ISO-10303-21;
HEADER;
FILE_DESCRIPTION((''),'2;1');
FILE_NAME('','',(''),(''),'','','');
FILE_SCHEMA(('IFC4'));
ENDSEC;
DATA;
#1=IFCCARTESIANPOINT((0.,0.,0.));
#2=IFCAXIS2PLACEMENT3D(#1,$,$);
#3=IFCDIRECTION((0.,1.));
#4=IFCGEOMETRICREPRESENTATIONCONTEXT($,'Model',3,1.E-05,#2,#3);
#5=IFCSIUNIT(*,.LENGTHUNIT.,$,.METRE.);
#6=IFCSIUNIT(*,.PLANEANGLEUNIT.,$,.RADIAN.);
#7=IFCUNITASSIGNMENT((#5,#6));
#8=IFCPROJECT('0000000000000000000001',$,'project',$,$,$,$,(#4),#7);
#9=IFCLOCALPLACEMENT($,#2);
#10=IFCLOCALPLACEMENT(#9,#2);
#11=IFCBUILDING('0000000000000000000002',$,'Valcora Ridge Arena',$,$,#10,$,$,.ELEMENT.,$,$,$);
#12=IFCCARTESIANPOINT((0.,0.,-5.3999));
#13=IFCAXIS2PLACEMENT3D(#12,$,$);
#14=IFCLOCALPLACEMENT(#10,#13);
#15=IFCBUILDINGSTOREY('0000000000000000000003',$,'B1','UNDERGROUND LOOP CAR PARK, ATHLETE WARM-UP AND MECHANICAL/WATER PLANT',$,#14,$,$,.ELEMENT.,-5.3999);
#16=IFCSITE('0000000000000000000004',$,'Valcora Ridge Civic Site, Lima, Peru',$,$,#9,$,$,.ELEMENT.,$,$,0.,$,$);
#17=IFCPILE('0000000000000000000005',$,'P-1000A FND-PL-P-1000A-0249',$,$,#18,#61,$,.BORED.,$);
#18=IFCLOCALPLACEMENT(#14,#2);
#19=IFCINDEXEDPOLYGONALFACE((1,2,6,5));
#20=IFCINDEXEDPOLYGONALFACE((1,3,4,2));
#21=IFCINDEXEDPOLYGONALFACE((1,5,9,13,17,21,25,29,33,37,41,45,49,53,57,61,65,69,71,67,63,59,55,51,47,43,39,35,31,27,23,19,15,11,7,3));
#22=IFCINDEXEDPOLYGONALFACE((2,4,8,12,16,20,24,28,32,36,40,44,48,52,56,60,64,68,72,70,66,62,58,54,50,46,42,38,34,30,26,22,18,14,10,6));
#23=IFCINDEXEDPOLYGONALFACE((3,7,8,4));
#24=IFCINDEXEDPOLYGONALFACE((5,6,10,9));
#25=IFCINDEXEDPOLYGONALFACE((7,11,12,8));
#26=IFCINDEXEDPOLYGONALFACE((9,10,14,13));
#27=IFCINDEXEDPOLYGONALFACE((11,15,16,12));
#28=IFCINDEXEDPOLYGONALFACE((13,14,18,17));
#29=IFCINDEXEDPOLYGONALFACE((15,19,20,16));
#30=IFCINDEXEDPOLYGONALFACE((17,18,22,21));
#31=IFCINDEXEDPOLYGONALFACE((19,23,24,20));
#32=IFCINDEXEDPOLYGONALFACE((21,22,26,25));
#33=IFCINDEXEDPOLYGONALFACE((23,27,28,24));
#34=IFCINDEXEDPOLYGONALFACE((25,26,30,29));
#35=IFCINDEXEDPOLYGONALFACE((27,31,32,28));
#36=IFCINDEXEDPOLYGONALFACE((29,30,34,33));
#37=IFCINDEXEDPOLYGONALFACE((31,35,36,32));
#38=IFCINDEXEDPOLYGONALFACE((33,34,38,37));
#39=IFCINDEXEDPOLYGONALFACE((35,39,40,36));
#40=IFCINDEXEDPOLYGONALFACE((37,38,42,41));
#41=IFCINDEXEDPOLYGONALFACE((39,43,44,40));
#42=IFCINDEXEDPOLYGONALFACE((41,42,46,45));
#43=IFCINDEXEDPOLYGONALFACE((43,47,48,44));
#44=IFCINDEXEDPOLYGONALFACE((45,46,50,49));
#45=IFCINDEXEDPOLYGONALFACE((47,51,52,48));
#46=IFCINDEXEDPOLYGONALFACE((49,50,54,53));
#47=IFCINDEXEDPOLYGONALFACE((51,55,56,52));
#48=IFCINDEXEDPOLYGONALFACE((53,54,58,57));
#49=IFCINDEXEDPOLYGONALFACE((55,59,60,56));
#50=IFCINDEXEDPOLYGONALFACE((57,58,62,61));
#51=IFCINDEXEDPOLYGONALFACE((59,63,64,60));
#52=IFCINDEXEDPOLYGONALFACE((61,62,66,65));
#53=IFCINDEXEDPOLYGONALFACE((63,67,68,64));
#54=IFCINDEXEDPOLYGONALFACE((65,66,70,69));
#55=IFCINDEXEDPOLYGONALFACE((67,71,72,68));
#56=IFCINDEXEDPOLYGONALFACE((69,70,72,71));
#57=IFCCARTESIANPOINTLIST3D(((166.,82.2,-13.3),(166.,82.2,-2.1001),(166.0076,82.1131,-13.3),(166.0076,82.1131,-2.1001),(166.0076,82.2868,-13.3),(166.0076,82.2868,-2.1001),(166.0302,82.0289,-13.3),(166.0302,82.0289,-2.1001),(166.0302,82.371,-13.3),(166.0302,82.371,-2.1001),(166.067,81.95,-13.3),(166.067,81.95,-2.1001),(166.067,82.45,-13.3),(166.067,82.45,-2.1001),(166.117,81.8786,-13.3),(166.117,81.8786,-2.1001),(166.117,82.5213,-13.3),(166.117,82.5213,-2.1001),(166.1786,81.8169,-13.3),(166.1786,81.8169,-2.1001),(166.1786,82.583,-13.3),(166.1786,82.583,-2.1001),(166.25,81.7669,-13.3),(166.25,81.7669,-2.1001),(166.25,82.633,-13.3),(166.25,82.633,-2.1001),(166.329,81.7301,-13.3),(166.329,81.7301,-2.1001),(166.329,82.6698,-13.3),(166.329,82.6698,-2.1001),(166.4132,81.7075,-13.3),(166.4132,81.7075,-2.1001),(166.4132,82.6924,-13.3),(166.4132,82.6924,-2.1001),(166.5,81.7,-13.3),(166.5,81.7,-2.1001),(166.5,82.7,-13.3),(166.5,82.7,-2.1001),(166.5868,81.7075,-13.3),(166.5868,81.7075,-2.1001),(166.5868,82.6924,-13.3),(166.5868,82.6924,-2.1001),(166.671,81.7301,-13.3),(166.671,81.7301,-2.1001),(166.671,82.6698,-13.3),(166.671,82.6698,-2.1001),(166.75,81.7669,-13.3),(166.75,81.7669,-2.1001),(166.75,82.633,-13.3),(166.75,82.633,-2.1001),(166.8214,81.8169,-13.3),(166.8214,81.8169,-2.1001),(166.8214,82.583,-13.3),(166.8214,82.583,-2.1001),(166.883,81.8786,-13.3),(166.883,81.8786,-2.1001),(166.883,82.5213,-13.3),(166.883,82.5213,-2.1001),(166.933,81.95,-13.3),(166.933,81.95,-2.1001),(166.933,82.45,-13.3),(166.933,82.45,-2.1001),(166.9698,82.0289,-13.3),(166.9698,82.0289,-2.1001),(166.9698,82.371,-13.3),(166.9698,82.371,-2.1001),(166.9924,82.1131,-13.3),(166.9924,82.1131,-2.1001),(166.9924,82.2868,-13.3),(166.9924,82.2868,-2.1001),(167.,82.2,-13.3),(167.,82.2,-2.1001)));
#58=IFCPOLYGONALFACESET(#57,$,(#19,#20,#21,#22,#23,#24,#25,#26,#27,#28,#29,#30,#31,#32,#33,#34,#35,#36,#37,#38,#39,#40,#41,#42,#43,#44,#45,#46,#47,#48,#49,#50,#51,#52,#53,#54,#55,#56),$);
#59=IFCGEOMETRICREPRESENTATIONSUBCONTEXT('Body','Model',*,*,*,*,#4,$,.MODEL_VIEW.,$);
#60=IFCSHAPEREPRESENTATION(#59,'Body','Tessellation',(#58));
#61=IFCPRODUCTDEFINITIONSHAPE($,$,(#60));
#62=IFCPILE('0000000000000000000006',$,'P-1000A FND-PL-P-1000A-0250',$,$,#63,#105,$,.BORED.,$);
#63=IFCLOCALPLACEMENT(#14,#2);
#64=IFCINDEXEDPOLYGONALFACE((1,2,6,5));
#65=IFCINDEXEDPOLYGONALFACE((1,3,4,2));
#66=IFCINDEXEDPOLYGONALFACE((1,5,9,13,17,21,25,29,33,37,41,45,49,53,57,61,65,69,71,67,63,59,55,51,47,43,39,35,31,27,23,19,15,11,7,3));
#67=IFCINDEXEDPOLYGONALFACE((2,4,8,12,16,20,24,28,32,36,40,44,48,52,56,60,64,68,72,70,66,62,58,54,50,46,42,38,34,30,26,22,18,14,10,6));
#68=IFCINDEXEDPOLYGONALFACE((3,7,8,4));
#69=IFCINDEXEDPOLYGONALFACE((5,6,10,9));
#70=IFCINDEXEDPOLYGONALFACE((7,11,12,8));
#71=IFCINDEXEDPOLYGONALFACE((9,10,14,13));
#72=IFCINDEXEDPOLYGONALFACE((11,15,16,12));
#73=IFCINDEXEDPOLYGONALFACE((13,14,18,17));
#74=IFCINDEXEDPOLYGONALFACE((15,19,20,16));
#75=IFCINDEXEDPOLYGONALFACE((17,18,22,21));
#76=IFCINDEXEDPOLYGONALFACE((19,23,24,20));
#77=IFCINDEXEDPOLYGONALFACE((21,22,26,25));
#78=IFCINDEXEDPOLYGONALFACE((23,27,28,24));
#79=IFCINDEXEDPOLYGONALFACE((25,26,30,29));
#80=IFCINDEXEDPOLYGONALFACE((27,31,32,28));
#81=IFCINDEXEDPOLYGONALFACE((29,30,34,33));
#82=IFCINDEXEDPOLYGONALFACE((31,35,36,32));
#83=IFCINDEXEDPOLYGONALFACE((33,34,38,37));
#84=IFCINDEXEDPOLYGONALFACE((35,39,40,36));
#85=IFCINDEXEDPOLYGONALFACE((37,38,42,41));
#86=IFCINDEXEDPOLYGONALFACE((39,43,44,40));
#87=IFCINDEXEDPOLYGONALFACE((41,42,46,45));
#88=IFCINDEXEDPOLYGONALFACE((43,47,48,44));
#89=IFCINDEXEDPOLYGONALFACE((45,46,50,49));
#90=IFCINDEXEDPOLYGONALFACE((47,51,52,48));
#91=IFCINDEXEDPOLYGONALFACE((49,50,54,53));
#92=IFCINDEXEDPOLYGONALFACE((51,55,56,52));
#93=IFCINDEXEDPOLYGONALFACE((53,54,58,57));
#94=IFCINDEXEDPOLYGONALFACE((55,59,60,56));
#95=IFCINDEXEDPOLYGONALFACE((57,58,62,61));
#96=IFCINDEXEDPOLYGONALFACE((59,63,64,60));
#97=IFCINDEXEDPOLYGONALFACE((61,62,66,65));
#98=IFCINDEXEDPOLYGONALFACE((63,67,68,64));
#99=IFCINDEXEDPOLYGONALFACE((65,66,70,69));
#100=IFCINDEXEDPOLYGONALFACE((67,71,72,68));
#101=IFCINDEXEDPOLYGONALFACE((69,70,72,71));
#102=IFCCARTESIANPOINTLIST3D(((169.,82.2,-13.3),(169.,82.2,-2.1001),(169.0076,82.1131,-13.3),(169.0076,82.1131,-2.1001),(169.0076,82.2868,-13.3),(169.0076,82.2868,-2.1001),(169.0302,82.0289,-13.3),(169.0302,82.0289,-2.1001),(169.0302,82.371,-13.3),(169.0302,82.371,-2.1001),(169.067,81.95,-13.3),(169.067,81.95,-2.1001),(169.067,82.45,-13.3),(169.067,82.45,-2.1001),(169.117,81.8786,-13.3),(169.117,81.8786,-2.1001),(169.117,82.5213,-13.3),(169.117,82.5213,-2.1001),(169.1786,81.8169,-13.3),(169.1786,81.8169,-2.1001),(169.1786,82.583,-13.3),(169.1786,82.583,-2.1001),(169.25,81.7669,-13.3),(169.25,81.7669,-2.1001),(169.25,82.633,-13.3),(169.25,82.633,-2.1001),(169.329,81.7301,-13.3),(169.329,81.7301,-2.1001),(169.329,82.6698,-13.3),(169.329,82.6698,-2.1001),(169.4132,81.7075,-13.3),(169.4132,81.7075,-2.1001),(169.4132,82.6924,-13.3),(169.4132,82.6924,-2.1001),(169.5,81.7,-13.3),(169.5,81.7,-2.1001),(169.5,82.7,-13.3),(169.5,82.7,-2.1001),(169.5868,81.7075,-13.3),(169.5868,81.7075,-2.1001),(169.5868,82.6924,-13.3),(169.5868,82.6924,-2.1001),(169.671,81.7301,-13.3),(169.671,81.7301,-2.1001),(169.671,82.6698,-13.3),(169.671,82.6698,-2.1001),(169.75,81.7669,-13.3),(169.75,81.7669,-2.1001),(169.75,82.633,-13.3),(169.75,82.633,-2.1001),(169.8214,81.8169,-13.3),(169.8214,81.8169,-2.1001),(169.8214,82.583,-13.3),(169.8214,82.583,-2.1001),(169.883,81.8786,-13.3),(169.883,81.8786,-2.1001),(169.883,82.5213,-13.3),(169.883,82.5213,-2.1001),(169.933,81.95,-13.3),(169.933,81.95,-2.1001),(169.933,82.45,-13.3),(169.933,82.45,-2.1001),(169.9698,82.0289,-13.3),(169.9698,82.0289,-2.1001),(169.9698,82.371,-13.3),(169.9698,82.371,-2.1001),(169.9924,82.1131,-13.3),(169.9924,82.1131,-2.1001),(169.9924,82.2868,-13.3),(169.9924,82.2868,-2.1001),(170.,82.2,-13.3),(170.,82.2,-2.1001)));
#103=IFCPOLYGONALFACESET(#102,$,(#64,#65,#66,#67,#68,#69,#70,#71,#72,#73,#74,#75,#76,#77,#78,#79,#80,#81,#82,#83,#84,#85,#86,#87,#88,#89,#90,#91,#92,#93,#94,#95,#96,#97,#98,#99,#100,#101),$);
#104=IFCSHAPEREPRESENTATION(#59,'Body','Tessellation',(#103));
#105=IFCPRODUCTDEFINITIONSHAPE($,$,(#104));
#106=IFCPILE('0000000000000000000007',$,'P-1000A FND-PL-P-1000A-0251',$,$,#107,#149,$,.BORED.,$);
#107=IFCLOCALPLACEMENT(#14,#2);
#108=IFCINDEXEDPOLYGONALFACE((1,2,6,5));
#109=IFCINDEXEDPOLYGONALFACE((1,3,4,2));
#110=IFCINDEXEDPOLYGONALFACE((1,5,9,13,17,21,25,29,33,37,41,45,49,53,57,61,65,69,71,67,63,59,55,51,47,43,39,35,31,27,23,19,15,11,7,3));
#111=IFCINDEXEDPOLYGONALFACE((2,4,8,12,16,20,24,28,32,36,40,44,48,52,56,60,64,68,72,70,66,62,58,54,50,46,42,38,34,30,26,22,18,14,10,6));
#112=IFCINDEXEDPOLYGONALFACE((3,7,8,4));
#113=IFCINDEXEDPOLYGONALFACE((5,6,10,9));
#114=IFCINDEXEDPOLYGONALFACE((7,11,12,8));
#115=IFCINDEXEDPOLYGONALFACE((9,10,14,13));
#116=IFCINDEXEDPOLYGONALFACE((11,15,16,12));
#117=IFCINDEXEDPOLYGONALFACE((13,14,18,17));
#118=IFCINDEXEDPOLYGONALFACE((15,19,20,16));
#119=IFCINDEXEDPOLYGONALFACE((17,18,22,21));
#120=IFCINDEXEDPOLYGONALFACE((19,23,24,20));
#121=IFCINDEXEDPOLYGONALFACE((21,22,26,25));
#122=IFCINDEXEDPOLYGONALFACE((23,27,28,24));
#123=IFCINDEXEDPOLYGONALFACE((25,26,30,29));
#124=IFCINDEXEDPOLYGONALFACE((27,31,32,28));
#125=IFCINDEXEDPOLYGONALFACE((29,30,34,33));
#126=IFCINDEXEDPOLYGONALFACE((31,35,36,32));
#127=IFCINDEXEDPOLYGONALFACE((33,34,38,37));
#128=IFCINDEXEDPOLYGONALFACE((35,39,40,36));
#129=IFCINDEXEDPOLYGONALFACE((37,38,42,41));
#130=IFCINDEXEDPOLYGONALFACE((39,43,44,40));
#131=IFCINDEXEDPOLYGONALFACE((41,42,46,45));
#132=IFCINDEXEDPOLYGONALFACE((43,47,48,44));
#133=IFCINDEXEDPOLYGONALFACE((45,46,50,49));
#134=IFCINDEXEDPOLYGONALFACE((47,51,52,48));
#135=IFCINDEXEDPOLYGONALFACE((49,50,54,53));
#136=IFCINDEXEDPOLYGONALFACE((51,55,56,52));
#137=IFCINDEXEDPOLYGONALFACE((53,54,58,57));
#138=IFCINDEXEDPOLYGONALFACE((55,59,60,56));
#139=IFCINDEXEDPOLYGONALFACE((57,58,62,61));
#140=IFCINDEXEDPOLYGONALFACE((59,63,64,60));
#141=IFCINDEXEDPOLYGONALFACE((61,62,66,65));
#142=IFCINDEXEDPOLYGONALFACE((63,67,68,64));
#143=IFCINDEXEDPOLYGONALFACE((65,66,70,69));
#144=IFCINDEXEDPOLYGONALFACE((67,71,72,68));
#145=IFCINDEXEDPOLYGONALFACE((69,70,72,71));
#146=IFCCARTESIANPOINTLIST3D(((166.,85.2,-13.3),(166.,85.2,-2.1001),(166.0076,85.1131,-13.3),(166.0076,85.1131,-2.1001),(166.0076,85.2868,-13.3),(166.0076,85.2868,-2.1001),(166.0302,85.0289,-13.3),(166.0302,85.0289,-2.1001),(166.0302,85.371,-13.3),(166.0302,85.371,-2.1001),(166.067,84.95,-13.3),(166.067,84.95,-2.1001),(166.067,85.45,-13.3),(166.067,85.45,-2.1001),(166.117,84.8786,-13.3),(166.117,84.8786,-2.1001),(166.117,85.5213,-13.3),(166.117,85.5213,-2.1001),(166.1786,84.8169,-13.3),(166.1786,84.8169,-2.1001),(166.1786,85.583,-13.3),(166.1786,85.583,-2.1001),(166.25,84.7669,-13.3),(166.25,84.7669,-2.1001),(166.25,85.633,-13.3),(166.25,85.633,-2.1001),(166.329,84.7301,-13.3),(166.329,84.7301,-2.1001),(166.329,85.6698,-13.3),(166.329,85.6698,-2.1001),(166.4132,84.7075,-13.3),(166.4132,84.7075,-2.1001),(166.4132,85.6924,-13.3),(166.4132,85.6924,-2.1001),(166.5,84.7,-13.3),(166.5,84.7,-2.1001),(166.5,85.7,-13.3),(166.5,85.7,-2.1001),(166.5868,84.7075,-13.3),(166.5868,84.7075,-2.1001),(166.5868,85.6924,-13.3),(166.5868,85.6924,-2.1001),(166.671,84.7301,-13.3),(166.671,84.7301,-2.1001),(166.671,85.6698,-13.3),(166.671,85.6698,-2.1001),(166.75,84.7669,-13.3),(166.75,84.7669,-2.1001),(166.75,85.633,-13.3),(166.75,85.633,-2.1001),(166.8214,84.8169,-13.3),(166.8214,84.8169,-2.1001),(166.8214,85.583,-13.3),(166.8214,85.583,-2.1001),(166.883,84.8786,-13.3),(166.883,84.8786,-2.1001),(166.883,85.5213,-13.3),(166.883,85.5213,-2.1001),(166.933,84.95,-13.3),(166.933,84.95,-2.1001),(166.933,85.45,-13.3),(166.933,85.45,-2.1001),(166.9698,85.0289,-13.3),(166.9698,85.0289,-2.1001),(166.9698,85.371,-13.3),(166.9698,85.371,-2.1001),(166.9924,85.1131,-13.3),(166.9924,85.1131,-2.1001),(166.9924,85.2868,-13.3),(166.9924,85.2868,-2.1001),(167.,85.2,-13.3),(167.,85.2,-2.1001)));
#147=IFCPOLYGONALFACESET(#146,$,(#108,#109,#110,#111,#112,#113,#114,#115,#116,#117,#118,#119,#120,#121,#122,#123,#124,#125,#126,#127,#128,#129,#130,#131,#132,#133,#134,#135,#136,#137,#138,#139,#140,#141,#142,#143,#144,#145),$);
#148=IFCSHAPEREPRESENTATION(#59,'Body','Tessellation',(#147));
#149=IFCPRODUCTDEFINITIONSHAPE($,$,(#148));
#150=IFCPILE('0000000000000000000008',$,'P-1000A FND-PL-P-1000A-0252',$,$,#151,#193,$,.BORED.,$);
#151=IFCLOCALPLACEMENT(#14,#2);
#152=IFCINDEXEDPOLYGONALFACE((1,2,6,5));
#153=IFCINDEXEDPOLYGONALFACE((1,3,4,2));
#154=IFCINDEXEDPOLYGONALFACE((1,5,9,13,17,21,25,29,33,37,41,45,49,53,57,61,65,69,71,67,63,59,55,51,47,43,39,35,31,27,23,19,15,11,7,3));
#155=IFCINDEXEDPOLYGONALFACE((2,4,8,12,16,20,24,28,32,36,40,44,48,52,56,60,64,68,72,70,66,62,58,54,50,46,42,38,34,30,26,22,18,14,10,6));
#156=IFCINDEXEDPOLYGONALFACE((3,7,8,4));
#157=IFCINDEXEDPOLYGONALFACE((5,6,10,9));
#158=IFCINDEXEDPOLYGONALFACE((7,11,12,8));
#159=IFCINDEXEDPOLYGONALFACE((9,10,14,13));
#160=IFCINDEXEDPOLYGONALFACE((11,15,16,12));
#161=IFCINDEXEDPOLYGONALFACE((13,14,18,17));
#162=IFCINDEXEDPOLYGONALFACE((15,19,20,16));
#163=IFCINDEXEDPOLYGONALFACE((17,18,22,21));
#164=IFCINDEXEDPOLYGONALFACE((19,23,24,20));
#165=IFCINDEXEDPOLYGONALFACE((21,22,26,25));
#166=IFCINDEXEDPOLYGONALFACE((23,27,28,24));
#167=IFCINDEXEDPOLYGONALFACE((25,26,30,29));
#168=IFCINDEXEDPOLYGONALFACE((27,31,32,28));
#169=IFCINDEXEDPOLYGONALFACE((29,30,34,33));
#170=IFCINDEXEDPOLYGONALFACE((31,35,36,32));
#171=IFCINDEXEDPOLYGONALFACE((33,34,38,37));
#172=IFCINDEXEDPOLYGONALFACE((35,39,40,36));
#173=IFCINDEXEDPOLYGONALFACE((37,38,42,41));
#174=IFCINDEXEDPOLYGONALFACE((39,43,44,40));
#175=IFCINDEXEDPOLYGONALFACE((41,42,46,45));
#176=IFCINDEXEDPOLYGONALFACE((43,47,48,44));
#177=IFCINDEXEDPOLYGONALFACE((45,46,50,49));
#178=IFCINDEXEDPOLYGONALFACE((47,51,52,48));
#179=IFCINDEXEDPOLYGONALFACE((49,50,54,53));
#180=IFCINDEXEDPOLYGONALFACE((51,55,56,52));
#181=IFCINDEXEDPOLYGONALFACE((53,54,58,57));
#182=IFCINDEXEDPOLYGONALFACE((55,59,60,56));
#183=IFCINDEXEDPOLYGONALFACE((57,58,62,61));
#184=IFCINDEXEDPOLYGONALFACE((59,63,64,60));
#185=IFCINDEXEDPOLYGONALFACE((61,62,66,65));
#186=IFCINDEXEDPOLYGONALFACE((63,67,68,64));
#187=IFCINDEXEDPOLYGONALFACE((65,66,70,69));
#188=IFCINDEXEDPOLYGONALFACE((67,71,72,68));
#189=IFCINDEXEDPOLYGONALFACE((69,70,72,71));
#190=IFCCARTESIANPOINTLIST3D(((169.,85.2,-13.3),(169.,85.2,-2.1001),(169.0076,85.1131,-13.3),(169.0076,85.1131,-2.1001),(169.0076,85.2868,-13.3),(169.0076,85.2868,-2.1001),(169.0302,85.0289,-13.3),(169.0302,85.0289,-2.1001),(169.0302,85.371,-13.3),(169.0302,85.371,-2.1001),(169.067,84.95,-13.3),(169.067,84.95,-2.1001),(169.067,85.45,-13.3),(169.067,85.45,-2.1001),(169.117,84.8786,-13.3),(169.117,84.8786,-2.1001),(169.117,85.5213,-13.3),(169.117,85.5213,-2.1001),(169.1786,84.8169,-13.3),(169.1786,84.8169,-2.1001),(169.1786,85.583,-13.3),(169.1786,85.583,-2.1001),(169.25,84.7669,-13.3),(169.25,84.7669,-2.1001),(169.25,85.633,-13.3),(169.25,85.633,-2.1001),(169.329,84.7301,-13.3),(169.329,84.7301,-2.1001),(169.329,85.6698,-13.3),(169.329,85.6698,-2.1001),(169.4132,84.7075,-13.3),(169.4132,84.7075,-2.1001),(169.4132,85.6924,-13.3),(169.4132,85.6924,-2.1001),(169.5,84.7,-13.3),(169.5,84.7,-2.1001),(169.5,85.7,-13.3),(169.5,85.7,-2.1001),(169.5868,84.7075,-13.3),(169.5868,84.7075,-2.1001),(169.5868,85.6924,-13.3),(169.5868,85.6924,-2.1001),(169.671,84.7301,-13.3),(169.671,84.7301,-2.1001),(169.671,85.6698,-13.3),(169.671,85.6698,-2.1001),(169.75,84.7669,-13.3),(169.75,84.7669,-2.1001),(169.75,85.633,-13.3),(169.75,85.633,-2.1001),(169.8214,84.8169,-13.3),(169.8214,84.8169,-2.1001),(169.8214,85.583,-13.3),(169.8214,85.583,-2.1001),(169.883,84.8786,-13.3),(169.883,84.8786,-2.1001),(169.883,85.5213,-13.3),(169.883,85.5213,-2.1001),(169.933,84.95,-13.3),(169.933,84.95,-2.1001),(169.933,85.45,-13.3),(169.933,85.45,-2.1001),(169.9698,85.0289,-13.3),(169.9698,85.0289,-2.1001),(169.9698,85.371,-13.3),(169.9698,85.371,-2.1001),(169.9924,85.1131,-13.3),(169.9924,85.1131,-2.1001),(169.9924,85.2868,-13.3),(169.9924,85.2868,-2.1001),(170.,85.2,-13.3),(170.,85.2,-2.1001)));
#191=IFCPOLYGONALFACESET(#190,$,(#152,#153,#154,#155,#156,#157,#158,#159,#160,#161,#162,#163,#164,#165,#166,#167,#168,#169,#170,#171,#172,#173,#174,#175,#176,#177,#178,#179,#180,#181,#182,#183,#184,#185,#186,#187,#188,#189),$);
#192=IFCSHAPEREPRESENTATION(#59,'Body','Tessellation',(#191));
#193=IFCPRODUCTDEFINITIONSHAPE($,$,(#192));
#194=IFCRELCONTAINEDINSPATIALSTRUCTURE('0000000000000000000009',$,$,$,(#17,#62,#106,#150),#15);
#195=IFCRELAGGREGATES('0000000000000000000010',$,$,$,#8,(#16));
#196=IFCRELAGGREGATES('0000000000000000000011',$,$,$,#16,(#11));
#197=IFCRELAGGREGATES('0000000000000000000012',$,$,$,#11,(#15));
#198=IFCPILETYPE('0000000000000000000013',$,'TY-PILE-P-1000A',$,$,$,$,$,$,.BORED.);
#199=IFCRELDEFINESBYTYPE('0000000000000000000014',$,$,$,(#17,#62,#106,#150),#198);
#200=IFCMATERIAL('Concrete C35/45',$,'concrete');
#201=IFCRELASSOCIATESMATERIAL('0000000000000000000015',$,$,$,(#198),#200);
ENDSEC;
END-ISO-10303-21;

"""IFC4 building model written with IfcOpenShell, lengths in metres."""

from ifc_helpers import new_model, si_unit, direction, frame, origin, origin_2d, place, context, subcontext, project, spatial, circle, extrude, material, material_profile, profile_set, type_object, element, save


model = new_model("IFC4")

# Units and contexts
model_context = context("Model", 3, precision=1e-05, world=origin(), true_north=direction((0.0, 1.0)))
body_context = subcontext(model_context, "Body", "Model", "MODEL_VIEW")
ifc_project = project(units=[si_unit("LENGTHUNIT", "METRE"), si_unit("PLANEANGLEUNIT", "RADIAN")], contexts=[model_context])

# Site, building, storey
site_placement = place(None, origin())
site = spatial("IfcSite", under=ifc_project, at=site_placement, Name="Valcora Ridge Civic Site, Lima, Peru", CompositionType="ELEMENT", RefElevation=0.0)
building_placement = place(site_placement, origin())
building = spatial("IfcBuilding", under=site, at=building_placement, Name="Valcora Ridge Arena", CompositionType="ELEMENT")
storey_placement = place(building_placement, frame((0.0, 0.0, -5.3999)))
storey = spatial("IfcBuildingStorey", under=building, at=storey_placement, Name="B1", Description="UNDERGROUND LOOP CAR PARK, ATHLETE WARM-UP AND MECHANICAL/WATER PLANT", CompositionType="ELEMENT", Elevation=-5.3999)

# Piles
ifc_material_1 = material(Name="Concrete C35/45", Category="concrete")
ifc_material_profile_1 = material_profile(ifc_material_1, circle(Radius=0.5, at=origin_2d()), Name="BORED PILE D1000")
ifc_profile_set_1 = profile_set([ifc_material_profile_1], Name="Concrete C35/45")
pile_type_1 = type_object("IfcPileType", Name="TY-PILE-P-1000A", PredefinedType="BORED", material=ifc_profile_set_1)
for number, where, z_axis, x_axis, name in (
    (1, (166.5, 82.2, -2.1001), (0.0, 0.0, -1.0), (1.0, 0.0, 0.0), "P-1000A FND-PL-P-1000A-0249"),
    (2, (169.5, 82.2, -2.1001), (0.0, 0.0, -1.0), (1.0, 0.0, 0.0), "P-1000A FND-PL-P-1000A-0250"),
    (3, (166.5, 85.2, -2.1001), (0.0, 0.0, -1.0), (1.0, 0.0, 0.0), "P-1000A FND-PL-P-1000A-0251"),
    (4, (169.5, 85.2, -2.1001), (0.0, 0.0, -1.0), (1.0, 0.0, 0.0), "P-1000A FND-PL-P-1000A-0252"),
):
    element("IfcPile", number, at=place(storey_placement, frame(where, z_axis=z_axis, x_axis=x_axis)), inside=storey, type_object=pile_type_1, Name=name, PredefinedType="BORED", context=body_context, shape_type="SweptSolid", body=[
        extrude(circle(Radius=0.5, at=origin_2d()), origin(), (0.0, 0.0, 1.0), 11.2),
    ])

save(model, "model.ifc")
